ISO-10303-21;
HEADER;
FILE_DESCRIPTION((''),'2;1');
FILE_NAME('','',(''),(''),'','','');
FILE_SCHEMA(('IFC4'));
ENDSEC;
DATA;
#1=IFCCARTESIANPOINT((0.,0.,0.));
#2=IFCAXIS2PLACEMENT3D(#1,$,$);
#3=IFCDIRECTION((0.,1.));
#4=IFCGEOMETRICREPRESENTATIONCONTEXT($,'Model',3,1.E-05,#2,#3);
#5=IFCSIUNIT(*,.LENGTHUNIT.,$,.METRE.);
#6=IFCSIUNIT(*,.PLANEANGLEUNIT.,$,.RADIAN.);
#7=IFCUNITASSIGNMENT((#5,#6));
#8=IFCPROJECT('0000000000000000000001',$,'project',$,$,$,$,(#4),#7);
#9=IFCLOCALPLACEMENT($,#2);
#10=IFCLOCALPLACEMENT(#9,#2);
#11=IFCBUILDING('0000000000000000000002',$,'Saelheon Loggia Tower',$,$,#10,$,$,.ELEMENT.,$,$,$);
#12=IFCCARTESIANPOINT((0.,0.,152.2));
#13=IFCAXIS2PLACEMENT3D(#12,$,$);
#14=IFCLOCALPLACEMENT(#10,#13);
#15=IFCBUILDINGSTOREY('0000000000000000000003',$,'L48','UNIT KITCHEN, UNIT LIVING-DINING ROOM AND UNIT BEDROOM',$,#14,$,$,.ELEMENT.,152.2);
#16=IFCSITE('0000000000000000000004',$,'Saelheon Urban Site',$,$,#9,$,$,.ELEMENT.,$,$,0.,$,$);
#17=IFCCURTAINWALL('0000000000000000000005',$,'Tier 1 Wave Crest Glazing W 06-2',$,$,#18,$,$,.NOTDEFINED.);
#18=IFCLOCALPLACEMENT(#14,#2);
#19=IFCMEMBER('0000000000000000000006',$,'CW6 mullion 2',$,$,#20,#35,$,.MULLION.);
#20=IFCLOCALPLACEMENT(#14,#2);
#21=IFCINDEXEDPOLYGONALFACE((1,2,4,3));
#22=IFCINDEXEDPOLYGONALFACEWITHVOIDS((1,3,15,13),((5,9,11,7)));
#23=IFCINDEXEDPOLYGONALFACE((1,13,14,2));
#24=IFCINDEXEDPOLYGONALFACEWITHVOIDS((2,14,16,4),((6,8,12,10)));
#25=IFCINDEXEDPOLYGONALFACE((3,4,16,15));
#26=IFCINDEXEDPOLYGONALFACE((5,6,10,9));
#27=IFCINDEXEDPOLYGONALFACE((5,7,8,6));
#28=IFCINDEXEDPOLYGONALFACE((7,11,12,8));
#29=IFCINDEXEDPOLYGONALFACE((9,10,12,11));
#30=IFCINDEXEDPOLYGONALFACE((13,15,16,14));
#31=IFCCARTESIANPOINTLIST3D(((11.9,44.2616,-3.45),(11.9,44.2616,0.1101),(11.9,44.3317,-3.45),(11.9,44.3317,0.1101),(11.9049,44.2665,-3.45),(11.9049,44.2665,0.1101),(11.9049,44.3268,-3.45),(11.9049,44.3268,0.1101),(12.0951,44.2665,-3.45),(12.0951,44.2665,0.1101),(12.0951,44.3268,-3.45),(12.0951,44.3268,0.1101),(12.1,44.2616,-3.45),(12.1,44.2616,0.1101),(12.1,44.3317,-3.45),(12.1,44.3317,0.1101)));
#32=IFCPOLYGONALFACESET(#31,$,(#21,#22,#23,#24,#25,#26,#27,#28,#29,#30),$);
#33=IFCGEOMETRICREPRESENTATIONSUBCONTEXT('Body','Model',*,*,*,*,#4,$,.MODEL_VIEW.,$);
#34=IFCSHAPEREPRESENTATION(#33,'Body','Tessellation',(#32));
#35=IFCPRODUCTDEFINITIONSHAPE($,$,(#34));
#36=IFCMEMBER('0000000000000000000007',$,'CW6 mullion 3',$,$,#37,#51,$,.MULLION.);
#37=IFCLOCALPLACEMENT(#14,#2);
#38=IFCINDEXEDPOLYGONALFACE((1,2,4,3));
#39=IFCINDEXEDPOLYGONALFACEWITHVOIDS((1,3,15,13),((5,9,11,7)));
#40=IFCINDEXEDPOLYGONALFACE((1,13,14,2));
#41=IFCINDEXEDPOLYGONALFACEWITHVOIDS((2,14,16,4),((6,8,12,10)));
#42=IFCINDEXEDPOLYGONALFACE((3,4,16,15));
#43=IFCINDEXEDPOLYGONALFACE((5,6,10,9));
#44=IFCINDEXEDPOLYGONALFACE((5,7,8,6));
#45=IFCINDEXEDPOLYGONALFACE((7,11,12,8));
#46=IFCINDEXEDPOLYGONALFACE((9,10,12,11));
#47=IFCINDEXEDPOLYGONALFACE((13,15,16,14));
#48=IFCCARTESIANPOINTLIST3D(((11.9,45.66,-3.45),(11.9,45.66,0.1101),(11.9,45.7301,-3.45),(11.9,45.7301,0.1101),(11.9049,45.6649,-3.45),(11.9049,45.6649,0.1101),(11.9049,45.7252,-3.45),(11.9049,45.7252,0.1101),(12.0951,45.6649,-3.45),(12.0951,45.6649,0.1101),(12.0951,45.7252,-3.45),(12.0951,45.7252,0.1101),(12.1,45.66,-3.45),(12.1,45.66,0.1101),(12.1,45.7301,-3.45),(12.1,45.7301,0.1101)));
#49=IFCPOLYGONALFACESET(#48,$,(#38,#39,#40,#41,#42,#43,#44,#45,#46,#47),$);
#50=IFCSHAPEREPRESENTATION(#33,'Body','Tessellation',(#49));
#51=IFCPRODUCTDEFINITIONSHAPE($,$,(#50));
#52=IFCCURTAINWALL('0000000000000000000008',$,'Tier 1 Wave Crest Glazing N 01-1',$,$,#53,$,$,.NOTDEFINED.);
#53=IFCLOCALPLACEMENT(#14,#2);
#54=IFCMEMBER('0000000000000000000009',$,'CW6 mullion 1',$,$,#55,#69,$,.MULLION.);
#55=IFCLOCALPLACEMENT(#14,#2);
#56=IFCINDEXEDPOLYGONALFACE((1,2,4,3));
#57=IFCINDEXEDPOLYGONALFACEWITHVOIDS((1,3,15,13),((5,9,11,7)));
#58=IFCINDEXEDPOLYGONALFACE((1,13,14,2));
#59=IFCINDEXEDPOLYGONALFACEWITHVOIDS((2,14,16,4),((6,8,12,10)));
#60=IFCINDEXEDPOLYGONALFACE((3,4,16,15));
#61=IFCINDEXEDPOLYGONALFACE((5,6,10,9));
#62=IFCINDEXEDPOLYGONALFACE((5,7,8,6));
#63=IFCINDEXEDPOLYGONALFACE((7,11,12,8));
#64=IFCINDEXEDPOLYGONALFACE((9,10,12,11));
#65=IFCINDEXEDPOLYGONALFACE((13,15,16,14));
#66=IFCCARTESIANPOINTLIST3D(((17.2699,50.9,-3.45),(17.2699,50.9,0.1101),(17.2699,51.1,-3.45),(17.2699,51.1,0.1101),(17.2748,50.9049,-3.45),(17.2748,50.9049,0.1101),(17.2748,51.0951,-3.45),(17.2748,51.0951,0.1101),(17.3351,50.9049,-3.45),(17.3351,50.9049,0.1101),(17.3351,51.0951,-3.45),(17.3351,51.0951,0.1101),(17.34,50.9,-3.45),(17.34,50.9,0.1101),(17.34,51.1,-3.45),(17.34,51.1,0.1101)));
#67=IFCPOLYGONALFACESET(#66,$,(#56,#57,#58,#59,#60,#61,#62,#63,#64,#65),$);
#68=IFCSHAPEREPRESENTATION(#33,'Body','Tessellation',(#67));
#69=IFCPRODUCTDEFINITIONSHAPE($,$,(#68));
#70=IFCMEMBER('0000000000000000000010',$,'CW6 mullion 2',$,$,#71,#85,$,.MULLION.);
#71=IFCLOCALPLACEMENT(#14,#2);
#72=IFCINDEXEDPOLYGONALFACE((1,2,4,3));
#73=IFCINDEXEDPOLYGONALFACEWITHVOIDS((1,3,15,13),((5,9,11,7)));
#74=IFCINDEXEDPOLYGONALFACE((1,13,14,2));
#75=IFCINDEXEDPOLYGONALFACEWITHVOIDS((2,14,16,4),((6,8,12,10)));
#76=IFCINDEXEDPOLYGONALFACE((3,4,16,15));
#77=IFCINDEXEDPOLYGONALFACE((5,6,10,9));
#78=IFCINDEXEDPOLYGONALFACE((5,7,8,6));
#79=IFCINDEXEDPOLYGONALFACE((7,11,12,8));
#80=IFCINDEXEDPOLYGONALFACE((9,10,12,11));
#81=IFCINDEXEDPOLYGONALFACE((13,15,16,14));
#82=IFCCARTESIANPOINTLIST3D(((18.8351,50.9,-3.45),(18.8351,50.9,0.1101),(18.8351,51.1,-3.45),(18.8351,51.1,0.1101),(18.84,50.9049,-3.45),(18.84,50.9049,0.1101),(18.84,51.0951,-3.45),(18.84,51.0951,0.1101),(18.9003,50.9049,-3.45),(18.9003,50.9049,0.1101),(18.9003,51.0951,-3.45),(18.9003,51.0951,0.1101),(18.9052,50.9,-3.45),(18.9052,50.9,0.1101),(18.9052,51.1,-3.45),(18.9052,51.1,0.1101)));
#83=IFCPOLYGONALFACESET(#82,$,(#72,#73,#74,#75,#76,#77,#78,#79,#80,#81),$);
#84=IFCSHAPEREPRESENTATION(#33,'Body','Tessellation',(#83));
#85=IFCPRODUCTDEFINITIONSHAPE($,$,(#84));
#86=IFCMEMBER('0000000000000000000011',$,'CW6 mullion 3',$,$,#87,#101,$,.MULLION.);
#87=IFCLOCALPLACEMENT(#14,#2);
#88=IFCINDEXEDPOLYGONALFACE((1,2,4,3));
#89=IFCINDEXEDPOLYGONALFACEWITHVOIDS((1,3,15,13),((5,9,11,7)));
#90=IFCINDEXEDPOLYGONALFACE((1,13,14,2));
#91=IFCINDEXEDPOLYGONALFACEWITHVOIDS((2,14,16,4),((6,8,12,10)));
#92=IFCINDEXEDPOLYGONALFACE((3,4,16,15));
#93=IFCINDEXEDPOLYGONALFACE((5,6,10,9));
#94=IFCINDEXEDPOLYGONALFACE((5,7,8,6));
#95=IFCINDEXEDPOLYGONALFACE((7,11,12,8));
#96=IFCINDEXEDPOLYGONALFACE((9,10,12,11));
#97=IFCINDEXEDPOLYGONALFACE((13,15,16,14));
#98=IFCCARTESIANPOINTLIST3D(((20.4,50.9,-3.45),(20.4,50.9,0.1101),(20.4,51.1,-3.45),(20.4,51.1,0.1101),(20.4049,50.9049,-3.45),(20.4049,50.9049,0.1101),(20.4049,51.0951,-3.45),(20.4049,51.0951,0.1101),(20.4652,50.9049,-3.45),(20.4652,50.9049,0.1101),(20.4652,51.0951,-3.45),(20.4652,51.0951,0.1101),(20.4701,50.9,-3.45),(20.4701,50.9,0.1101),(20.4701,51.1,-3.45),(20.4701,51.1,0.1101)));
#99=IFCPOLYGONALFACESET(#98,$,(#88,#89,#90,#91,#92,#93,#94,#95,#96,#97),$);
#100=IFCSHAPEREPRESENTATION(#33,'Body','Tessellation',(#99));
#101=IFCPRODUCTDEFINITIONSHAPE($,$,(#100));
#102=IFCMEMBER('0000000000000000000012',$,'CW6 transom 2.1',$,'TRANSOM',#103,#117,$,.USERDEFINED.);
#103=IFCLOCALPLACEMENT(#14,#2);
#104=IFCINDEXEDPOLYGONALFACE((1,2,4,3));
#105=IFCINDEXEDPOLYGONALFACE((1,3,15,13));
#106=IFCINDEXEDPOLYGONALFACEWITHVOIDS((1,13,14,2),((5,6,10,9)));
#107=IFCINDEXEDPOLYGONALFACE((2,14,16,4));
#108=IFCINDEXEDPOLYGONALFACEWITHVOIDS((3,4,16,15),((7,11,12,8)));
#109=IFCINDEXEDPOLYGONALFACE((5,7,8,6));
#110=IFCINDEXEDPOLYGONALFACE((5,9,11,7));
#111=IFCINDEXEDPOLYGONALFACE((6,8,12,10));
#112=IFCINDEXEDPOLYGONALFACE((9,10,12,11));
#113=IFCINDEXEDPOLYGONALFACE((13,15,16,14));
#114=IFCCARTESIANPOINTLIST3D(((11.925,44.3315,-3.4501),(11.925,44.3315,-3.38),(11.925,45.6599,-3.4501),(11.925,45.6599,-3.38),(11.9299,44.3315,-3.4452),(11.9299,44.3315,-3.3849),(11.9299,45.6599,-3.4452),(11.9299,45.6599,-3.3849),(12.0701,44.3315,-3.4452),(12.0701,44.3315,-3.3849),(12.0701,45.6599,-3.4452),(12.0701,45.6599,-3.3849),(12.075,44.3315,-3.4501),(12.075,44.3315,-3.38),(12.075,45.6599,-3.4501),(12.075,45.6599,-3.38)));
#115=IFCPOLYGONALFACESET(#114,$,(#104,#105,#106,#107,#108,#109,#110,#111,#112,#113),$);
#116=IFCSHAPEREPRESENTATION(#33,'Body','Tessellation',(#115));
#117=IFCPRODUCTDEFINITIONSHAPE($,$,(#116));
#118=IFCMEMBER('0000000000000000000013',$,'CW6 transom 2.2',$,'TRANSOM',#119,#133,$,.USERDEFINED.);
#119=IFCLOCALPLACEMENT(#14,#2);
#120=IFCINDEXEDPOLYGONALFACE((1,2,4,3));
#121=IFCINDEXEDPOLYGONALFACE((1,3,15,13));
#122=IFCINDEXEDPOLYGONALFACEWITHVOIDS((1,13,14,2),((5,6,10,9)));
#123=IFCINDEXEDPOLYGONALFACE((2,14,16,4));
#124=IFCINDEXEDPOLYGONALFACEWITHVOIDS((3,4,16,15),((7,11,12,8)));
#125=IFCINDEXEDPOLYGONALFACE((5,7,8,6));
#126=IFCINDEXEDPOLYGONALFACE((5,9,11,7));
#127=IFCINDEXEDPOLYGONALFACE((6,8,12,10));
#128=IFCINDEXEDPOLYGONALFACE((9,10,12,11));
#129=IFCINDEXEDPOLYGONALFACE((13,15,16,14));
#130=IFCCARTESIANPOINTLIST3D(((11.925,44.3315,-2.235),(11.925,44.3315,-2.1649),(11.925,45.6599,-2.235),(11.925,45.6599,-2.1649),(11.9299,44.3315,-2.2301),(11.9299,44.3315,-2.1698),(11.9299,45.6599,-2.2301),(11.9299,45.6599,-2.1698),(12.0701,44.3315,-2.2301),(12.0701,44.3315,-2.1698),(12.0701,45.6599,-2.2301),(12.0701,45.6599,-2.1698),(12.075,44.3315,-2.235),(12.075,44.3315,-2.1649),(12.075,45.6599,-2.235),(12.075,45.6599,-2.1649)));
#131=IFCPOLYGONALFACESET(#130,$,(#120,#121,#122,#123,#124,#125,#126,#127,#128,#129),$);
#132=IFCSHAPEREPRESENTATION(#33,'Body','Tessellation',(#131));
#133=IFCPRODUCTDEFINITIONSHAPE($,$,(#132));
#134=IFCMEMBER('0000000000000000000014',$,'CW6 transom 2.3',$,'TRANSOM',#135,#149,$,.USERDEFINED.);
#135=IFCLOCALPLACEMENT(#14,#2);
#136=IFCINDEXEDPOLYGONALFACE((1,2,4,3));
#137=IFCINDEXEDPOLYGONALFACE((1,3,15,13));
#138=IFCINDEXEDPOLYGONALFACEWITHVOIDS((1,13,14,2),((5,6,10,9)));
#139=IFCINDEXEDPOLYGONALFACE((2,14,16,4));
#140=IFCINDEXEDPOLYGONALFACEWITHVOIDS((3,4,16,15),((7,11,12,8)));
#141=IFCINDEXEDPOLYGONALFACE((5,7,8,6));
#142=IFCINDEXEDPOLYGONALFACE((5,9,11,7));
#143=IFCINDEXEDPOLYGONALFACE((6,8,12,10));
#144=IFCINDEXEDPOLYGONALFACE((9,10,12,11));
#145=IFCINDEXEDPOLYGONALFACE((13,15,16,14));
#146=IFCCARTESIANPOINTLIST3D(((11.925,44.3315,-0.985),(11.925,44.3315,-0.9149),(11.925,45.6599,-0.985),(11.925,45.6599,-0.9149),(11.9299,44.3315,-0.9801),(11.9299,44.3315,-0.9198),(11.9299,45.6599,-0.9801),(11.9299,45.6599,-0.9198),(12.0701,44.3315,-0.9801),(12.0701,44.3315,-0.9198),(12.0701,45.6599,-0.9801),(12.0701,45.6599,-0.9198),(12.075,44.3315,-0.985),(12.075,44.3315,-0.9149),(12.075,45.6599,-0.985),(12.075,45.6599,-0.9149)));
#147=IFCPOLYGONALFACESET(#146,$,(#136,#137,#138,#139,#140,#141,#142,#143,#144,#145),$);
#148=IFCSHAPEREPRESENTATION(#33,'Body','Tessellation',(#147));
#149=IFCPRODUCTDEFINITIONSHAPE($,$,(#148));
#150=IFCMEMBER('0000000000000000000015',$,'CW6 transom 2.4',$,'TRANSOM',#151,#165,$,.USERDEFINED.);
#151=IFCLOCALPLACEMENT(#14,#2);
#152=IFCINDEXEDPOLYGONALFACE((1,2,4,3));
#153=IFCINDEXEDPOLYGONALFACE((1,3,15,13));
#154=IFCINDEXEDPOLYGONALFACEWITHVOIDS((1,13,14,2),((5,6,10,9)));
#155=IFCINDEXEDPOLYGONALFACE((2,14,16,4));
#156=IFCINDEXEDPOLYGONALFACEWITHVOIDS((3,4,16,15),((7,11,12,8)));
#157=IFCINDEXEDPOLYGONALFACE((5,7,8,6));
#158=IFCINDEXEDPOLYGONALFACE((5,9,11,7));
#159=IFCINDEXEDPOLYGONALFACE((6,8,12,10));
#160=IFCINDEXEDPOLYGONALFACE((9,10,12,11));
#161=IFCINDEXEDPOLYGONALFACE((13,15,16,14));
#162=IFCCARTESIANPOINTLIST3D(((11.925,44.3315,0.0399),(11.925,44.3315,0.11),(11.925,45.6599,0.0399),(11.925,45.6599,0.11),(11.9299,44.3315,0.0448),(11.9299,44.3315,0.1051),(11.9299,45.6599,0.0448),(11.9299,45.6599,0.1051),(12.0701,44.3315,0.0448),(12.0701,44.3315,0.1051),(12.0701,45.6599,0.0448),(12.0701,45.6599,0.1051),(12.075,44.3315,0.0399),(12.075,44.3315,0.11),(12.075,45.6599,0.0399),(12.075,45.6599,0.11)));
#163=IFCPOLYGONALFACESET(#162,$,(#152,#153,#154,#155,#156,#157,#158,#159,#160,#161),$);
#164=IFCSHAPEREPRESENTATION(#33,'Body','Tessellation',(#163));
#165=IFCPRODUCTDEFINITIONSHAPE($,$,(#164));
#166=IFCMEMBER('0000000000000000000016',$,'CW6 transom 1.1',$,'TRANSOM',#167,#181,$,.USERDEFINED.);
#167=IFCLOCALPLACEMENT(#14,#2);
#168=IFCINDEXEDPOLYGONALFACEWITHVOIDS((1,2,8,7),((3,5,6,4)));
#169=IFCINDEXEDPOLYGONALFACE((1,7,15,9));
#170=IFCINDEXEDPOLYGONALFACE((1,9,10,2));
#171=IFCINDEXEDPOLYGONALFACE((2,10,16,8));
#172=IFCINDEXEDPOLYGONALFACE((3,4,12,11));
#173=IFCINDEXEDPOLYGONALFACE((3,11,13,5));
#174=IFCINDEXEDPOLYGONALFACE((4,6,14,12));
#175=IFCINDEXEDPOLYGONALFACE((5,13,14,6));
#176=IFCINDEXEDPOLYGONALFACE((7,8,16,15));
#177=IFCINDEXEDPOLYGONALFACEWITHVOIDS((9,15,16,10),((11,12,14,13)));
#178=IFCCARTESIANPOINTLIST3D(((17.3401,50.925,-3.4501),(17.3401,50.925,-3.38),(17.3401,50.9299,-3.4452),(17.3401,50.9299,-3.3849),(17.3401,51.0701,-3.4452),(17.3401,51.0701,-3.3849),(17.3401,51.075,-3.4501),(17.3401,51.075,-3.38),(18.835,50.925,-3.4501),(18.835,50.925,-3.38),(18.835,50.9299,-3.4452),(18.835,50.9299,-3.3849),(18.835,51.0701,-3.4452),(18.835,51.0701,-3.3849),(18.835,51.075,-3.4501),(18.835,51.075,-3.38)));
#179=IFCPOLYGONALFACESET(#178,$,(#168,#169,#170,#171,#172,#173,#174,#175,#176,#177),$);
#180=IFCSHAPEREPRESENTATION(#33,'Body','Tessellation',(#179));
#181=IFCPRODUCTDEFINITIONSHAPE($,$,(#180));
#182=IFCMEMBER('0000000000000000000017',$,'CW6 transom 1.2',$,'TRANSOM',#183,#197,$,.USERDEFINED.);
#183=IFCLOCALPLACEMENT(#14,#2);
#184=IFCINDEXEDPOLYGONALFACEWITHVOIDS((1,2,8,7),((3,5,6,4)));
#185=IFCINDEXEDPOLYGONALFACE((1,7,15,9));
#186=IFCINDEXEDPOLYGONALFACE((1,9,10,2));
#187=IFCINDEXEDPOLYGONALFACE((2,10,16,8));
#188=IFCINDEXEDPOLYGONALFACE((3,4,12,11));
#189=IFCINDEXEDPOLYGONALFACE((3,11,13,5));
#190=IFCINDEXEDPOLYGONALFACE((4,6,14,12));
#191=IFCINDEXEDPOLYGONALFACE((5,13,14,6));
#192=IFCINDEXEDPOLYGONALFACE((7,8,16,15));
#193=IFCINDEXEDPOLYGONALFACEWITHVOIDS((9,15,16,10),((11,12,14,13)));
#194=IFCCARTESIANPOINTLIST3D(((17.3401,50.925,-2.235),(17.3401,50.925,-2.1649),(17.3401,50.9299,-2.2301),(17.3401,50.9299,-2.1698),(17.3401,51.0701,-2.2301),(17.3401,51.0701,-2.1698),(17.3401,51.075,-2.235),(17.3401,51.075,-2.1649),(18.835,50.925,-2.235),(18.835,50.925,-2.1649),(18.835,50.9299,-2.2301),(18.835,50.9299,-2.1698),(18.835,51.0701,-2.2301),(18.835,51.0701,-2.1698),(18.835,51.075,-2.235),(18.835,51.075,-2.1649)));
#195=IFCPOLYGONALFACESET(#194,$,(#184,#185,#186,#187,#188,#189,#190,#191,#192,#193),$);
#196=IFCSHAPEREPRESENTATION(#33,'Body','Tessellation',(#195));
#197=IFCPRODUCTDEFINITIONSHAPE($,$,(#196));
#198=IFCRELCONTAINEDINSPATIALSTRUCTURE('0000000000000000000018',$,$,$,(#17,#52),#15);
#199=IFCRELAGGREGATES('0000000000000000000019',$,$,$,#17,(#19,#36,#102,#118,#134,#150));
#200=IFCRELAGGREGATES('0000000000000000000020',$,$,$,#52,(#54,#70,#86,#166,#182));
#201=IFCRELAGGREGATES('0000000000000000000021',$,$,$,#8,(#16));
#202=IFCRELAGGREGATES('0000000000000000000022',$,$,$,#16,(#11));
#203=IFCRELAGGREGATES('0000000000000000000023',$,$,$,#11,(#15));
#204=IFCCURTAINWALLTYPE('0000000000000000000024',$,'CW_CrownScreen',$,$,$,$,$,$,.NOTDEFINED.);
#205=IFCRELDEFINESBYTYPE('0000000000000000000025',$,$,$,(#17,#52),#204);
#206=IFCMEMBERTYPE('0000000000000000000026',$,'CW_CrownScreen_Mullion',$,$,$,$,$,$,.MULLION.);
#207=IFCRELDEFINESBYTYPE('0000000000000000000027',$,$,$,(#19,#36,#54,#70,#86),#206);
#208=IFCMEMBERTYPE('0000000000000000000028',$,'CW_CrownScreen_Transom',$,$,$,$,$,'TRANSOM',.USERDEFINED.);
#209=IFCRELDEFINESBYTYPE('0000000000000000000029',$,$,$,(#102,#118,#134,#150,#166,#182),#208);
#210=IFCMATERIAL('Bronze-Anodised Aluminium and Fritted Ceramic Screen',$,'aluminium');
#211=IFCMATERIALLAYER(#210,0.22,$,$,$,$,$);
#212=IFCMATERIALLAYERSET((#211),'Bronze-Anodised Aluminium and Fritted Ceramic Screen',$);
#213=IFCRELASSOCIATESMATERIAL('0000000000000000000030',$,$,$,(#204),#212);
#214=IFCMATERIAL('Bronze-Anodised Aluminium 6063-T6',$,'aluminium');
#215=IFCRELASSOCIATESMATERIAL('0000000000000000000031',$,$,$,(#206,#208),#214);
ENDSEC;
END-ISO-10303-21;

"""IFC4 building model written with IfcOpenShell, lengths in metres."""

from ifc_helpers import new_model, si_unit, direction, frame, origin, origin_2d, place, context, subcontext, project, spatial, hollow_rectangle, extrude, source, transform, mapped, material, layer, layer_set, material_profile, profile_set, type_object, element, aggregate, save


model = new_model("IFC4")

# Units and contexts
model_context = context("Model", 3, precision=1e-05, world=origin(), true_north=direction((0.0, 1.0)))
body_context = subcontext(model_context, "Body", "Model", "MODEL_VIEW")
ifc_project = project(units=[si_unit("LENGTHUNIT", "METRE"), si_unit("PLANEANGLEUNIT", "RADIAN")], contexts=[model_context])

# Site, building, storey
site_placement = place(None, origin())
site = spatial("IfcSite", under=ifc_project, at=site_placement, Name="Saelheon Urban Site", CompositionType="ELEMENT", RefElevation=0.0)
building_placement = place(site_placement, origin())
building = spatial("IfcBuilding", under=site, at=building_placement, Name="Saelheon Loggia Tower", CompositionType="ELEMENT")
storey_placement = place(building_placement, frame((0.0, 0.0, 152.2)))
storey = spatial("IfcBuildingStorey", under=building, at=storey_placement, Name="L48", Description="UNIT KITCHEN, UNIT LIVING-DINING ROOM AND UNIT BEDROOM", CompositionType="ELEMENT", Elevation=152.2)

# Curtain walls, members
ifc_material_1 = material(Name="Bronze-Anodised Aluminium and Fritted Ceramic Screen", Category="aluminium")
ifc_layer_1 = layer(ifc_material_1, 0.22)
ifc_layer_set_1 = layer_set([ifc_layer_1], Name="Bronze-Anodised Aluminium and Fritted Ceramic Screen")
curtain_wall_type = type_object("IfcCurtainWallType", Name="CW_CrownScreen", PredefinedType="NOTDEFINED", material=ifc_layer_set_1)
curtain_wall_1_placement = place(storey_placement, origin())
curtain_wall_1 = element("IfcCurtainWall", 1, at=curtain_wall_1_placement, inside=storey, type_object=curtain_wall_type, Name="Tier 1 Wave Crest Glazing W 06-2", PredefinedType="NOTDEFINED")
ifc_material_2 = material(Name="Bronze-Anodised Aluminium 6063-T6", Category="aluminium")
ifc_material_profile_1 = material_profile(ifc_material_2, hollow_rectangle(XDim=0.0701, YDim=0.2, WallThickness=0.0049, at=origin_2d()), Name="RHS-200x70x5")
ifc_profile_set_1 = profile_set([ifc_material_profile_1], Name="Bronze-Anodised Aluminium 6063-T6")
member_type_1 = type_object("IfcMemberType", Name="CW_CrownScreen_Mullion", PredefinedType="MULLION", material=ifc_profile_set_1)
shared_shape_1 = source(origin(), body_context, "Body", "SweptSolid", [
    extrude(hollow_rectangle(XDim=0.0701, YDim=0.2, WallThickness=0.0049, at=origin_2d()), origin(), (0.0, 0.0, 1.0), 3.5601),
])
member_1_placement = place(storey_placement, frame((12.0, 44.2966, -3.45), z_axis=(0.0, 0.0, 1.0), x_axis=(0.0, 1.0, 0.0)))
member_1 = element("IfcMember", 2, at=member_1_placement, type_object=member_type_1, Name="CW6 mullion 2", PredefinedType="MULLION", context=body_context, shape_type="MappedRepresentation", body=[
    mapped(shared_shape_1, transform((0.0, 0.0, 0.0), scale=1.0)),
])
member_2_placement = place(storey_placement, frame((12.0, 45.6951, -3.45), z_axis=(0.0, 0.0, 1.0), x_axis=(0.0, 1.0, 0.0)))
member_2 = element("IfcMember", 3, at=member_2_placement, type_object=member_type_1, Name="CW6 mullion 3", PredefinedType="MULLION", context=body_context, shape_type="MappedRepresentation", body=[
    mapped(shared_shape_1, transform((0.0, 0.0, 0.0), scale=1.0)),
])
curtain_wall_2_placement = place(storey_placement, origin())
curtain_wall_2 = element("IfcCurtainWall", 4, at=curtain_wall_2_placement, inside=storey, type_object=curtain_wall_type, Name="Tier 1 Wave Crest Glazing N 01-1", PredefinedType="NOTDEFINED")
member_3_placement = place(storey_placement, frame((17.3049, 51.0, -3.45), z_axis=(0.0, 0.0, 1.0), x_axis=(1.0, 0.0, 0.0)))
member_3 = element("IfcMember", 5, at=member_3_placement, type_object=member_type_1, Name="CW6 mullion 1", PredefinedType="MULLION", context=body_context, shape_type="MappedRepresentation", body=[
    mapped(shared_shape_1, transform((0.0, 0.0, 0.0), scale=1.0)),
])
member_4_placement = place(storey_placement, frame((18.8701, 51.0, -3.45), z_axis=(0.0, 0.0, 1.0), x_axis=(1.0, 0.0, 0.0)))
member_4 = element("IfcMember", 6, at=member_4_placement, type_object=member_type_1, Name="CW6 mullion 2", PredefinedType="MULLION", context=body_context, shape_type="MappedRepresentation", body=[
    mapped(shared_shape_1, transform((0.0, 0.0, 0.0), scale=1.0)),
])
member_5_placement = place(storey_placement, frame((20.4351, 51.0, -3.45), z_axis=(0.0, 0.0, 1.0), x_axis=(1.0, 0.0, 0.0)))
member_5 = element("IfcMember", 7, at=member_5_placement, type_object=member_type_1, Name="CW6 mullion 3", PredefinedType="MULLION", context=body_context, shape_type="MappedRepresentation", body=[
    mapped(shared_shape_1, transform((0.0, 0.0, 0.0), scale=1.0)),
])

# Members
ifc_material_profile_2 = material_profile(ifc_material_2, hollow_rectangle(XDim=0.0701, YDim=0.1499, WallThickness=0.0049, at=origin_2d()), Name="RHS-150x70x5")
ifc_profile_set_2 = profile_set([ifc_material_profile_2], Name="Bronze-Anodised Aluminium 6063-T6")
member_type_2 = type_object("IfcMemberType", Name="CW_CrownScreen_Transom", ElementType="TRANSOM", PredefinedType="USERDEFINED", material=ifc_profile_set_2)
shared_shape_2 = source(origin(), body_context, "Body", "SweptSolid", [
    extrude(hollow_rectangle(XDim=0.0701, YDim=0.1499, WallThickness=0.0049, at=origin_2d()), origin(), (0.0, 0.0, 1.0), 1.3284),
])
member_6_placement = place(storey_placement, frame((12.0, 44.3315, -3.415), z_axis=(0.0, 1.0, 0.0), x_axis=(0.0, 0.0, 1.0)))
member_6 = element("IfcMember", 8, at=member_6_placement, type_object=member_type_2, Name="CW6 transom 2.1", ObjectType="TRANSOM", PredefinedType="USERDEFINED", context=body_context, shape_type="MappedRepresentation", body=[
    mapped(shared_shape_2, transform((0.0, 0.0, 0.0), scale=1.0)),
])
member_7_placement = place(storey_placement, frame((12.0, 44.3315, -2.2), z_axis=(0.0, 1.0, 0.0), x_axis=(0.0, 0.0, 1.0)))
member_7 = element("IfcMember", 9, at=member_7_placement, type_object=member_type_2, Name="CW6 transom 2.2", ObjectType="TRANSOM", PredefinedType="USERDEFINED", context=body_context, shape_type="MappedRepresentation", body=[
    mapped(shared_shape_2, transform((0.0, 0.0, 0.0), scale=1.0)),
])
member_8_placement = place(storey_placement, frame((12.0, 44.3315, -0.95), z_axis=(0.0, 1.0, 0.0), x_axis=(0.0, 0.0, 1.0)))
member_8 = element("IfcMember", 10, at=member_8_placement, type_object=member_type_2, Name="CW6 transom 2.3", ObjectType="TRANSOM", PredefinedType="USERDEFINED", context=body_context, shape_type="MappedRepresentation", body=[
    mapped(shared_shape_2, transform((0.0, 0.0, 0.0), scale=1.0)),
])
member_9_placement = place(storey_placement, frame((12.0, 44.3315, 0.075), z_axis=(0.0, 1.0, 0.0), x_axis=(0.0, 0.0, 1.0)))
member_9 = element("IfcMember", 11, at=member_9_placement, type_object=member_type_2, Name="CW6 transom 2.4", ObjectType="TRANSOM", PredefinedType="USERDEFINED", context=body_context, shape_type="MappedRepresentation", body=[
    mapped(shared_shape_2, transform((0.0, 0.0, 0.0), scale=1.0)),
])
shared_shape_3 = source(origin(), body_context, "Body", "SweptSolid", [
    extrude(hollow_rectangle(XDim=0.0701, YDim=0.1499, WallThickness=0.0049, at=origin_2d()), origin(), (0.0, 0.0, 1.0), 1.4949),
])
member_10_placement = place(storey_placement, frame((17.3401, 51.0, -3.415), z_axis=(1.0, 0.0, 0.0), x_axis=(0.0, 0.0, 1.0)))
member_10 = element("IfcMember", 12, at=member_10_placement, type_object=member_type_2, Name="CW6 transom 1.1", ObjectType="TRANSOM", PredefinedType="USERDEFINED", context=body_context, shape_type="MappedRepresentation", body=[
    mapped(shared_shape_3, transform((0.0, 0.0, 0.0), scale=1.0)),
])
member_11_placement = place(storey_placement, frame((17.3401, 51.0, -2.2), z_axis=(1.0, 0.0, 0.0), x_axis=(0.0, 0.0, 1.0)))
member_11 = element("IfcMember", 13, at=member_11_placement, type_object=member_type_2, Name="CW6 transom 1.2", ObjectType="TRANSOM", PredefinedType="USERDEFINED", context=body_context, shape_type="MappedRepresentation", body=[
    mapped(shared_shape_3, transform((0.0, 0.0, 0.0), scale=1.0)),
])

aggregate(curtain_wall_1, [member_1, member_2, member_6, member_7, member_8, member_9])
aggregate(curtain_wall_2, [member_3, member_4, member_5, member_10, member_11])

save(model, "model.ifc")
